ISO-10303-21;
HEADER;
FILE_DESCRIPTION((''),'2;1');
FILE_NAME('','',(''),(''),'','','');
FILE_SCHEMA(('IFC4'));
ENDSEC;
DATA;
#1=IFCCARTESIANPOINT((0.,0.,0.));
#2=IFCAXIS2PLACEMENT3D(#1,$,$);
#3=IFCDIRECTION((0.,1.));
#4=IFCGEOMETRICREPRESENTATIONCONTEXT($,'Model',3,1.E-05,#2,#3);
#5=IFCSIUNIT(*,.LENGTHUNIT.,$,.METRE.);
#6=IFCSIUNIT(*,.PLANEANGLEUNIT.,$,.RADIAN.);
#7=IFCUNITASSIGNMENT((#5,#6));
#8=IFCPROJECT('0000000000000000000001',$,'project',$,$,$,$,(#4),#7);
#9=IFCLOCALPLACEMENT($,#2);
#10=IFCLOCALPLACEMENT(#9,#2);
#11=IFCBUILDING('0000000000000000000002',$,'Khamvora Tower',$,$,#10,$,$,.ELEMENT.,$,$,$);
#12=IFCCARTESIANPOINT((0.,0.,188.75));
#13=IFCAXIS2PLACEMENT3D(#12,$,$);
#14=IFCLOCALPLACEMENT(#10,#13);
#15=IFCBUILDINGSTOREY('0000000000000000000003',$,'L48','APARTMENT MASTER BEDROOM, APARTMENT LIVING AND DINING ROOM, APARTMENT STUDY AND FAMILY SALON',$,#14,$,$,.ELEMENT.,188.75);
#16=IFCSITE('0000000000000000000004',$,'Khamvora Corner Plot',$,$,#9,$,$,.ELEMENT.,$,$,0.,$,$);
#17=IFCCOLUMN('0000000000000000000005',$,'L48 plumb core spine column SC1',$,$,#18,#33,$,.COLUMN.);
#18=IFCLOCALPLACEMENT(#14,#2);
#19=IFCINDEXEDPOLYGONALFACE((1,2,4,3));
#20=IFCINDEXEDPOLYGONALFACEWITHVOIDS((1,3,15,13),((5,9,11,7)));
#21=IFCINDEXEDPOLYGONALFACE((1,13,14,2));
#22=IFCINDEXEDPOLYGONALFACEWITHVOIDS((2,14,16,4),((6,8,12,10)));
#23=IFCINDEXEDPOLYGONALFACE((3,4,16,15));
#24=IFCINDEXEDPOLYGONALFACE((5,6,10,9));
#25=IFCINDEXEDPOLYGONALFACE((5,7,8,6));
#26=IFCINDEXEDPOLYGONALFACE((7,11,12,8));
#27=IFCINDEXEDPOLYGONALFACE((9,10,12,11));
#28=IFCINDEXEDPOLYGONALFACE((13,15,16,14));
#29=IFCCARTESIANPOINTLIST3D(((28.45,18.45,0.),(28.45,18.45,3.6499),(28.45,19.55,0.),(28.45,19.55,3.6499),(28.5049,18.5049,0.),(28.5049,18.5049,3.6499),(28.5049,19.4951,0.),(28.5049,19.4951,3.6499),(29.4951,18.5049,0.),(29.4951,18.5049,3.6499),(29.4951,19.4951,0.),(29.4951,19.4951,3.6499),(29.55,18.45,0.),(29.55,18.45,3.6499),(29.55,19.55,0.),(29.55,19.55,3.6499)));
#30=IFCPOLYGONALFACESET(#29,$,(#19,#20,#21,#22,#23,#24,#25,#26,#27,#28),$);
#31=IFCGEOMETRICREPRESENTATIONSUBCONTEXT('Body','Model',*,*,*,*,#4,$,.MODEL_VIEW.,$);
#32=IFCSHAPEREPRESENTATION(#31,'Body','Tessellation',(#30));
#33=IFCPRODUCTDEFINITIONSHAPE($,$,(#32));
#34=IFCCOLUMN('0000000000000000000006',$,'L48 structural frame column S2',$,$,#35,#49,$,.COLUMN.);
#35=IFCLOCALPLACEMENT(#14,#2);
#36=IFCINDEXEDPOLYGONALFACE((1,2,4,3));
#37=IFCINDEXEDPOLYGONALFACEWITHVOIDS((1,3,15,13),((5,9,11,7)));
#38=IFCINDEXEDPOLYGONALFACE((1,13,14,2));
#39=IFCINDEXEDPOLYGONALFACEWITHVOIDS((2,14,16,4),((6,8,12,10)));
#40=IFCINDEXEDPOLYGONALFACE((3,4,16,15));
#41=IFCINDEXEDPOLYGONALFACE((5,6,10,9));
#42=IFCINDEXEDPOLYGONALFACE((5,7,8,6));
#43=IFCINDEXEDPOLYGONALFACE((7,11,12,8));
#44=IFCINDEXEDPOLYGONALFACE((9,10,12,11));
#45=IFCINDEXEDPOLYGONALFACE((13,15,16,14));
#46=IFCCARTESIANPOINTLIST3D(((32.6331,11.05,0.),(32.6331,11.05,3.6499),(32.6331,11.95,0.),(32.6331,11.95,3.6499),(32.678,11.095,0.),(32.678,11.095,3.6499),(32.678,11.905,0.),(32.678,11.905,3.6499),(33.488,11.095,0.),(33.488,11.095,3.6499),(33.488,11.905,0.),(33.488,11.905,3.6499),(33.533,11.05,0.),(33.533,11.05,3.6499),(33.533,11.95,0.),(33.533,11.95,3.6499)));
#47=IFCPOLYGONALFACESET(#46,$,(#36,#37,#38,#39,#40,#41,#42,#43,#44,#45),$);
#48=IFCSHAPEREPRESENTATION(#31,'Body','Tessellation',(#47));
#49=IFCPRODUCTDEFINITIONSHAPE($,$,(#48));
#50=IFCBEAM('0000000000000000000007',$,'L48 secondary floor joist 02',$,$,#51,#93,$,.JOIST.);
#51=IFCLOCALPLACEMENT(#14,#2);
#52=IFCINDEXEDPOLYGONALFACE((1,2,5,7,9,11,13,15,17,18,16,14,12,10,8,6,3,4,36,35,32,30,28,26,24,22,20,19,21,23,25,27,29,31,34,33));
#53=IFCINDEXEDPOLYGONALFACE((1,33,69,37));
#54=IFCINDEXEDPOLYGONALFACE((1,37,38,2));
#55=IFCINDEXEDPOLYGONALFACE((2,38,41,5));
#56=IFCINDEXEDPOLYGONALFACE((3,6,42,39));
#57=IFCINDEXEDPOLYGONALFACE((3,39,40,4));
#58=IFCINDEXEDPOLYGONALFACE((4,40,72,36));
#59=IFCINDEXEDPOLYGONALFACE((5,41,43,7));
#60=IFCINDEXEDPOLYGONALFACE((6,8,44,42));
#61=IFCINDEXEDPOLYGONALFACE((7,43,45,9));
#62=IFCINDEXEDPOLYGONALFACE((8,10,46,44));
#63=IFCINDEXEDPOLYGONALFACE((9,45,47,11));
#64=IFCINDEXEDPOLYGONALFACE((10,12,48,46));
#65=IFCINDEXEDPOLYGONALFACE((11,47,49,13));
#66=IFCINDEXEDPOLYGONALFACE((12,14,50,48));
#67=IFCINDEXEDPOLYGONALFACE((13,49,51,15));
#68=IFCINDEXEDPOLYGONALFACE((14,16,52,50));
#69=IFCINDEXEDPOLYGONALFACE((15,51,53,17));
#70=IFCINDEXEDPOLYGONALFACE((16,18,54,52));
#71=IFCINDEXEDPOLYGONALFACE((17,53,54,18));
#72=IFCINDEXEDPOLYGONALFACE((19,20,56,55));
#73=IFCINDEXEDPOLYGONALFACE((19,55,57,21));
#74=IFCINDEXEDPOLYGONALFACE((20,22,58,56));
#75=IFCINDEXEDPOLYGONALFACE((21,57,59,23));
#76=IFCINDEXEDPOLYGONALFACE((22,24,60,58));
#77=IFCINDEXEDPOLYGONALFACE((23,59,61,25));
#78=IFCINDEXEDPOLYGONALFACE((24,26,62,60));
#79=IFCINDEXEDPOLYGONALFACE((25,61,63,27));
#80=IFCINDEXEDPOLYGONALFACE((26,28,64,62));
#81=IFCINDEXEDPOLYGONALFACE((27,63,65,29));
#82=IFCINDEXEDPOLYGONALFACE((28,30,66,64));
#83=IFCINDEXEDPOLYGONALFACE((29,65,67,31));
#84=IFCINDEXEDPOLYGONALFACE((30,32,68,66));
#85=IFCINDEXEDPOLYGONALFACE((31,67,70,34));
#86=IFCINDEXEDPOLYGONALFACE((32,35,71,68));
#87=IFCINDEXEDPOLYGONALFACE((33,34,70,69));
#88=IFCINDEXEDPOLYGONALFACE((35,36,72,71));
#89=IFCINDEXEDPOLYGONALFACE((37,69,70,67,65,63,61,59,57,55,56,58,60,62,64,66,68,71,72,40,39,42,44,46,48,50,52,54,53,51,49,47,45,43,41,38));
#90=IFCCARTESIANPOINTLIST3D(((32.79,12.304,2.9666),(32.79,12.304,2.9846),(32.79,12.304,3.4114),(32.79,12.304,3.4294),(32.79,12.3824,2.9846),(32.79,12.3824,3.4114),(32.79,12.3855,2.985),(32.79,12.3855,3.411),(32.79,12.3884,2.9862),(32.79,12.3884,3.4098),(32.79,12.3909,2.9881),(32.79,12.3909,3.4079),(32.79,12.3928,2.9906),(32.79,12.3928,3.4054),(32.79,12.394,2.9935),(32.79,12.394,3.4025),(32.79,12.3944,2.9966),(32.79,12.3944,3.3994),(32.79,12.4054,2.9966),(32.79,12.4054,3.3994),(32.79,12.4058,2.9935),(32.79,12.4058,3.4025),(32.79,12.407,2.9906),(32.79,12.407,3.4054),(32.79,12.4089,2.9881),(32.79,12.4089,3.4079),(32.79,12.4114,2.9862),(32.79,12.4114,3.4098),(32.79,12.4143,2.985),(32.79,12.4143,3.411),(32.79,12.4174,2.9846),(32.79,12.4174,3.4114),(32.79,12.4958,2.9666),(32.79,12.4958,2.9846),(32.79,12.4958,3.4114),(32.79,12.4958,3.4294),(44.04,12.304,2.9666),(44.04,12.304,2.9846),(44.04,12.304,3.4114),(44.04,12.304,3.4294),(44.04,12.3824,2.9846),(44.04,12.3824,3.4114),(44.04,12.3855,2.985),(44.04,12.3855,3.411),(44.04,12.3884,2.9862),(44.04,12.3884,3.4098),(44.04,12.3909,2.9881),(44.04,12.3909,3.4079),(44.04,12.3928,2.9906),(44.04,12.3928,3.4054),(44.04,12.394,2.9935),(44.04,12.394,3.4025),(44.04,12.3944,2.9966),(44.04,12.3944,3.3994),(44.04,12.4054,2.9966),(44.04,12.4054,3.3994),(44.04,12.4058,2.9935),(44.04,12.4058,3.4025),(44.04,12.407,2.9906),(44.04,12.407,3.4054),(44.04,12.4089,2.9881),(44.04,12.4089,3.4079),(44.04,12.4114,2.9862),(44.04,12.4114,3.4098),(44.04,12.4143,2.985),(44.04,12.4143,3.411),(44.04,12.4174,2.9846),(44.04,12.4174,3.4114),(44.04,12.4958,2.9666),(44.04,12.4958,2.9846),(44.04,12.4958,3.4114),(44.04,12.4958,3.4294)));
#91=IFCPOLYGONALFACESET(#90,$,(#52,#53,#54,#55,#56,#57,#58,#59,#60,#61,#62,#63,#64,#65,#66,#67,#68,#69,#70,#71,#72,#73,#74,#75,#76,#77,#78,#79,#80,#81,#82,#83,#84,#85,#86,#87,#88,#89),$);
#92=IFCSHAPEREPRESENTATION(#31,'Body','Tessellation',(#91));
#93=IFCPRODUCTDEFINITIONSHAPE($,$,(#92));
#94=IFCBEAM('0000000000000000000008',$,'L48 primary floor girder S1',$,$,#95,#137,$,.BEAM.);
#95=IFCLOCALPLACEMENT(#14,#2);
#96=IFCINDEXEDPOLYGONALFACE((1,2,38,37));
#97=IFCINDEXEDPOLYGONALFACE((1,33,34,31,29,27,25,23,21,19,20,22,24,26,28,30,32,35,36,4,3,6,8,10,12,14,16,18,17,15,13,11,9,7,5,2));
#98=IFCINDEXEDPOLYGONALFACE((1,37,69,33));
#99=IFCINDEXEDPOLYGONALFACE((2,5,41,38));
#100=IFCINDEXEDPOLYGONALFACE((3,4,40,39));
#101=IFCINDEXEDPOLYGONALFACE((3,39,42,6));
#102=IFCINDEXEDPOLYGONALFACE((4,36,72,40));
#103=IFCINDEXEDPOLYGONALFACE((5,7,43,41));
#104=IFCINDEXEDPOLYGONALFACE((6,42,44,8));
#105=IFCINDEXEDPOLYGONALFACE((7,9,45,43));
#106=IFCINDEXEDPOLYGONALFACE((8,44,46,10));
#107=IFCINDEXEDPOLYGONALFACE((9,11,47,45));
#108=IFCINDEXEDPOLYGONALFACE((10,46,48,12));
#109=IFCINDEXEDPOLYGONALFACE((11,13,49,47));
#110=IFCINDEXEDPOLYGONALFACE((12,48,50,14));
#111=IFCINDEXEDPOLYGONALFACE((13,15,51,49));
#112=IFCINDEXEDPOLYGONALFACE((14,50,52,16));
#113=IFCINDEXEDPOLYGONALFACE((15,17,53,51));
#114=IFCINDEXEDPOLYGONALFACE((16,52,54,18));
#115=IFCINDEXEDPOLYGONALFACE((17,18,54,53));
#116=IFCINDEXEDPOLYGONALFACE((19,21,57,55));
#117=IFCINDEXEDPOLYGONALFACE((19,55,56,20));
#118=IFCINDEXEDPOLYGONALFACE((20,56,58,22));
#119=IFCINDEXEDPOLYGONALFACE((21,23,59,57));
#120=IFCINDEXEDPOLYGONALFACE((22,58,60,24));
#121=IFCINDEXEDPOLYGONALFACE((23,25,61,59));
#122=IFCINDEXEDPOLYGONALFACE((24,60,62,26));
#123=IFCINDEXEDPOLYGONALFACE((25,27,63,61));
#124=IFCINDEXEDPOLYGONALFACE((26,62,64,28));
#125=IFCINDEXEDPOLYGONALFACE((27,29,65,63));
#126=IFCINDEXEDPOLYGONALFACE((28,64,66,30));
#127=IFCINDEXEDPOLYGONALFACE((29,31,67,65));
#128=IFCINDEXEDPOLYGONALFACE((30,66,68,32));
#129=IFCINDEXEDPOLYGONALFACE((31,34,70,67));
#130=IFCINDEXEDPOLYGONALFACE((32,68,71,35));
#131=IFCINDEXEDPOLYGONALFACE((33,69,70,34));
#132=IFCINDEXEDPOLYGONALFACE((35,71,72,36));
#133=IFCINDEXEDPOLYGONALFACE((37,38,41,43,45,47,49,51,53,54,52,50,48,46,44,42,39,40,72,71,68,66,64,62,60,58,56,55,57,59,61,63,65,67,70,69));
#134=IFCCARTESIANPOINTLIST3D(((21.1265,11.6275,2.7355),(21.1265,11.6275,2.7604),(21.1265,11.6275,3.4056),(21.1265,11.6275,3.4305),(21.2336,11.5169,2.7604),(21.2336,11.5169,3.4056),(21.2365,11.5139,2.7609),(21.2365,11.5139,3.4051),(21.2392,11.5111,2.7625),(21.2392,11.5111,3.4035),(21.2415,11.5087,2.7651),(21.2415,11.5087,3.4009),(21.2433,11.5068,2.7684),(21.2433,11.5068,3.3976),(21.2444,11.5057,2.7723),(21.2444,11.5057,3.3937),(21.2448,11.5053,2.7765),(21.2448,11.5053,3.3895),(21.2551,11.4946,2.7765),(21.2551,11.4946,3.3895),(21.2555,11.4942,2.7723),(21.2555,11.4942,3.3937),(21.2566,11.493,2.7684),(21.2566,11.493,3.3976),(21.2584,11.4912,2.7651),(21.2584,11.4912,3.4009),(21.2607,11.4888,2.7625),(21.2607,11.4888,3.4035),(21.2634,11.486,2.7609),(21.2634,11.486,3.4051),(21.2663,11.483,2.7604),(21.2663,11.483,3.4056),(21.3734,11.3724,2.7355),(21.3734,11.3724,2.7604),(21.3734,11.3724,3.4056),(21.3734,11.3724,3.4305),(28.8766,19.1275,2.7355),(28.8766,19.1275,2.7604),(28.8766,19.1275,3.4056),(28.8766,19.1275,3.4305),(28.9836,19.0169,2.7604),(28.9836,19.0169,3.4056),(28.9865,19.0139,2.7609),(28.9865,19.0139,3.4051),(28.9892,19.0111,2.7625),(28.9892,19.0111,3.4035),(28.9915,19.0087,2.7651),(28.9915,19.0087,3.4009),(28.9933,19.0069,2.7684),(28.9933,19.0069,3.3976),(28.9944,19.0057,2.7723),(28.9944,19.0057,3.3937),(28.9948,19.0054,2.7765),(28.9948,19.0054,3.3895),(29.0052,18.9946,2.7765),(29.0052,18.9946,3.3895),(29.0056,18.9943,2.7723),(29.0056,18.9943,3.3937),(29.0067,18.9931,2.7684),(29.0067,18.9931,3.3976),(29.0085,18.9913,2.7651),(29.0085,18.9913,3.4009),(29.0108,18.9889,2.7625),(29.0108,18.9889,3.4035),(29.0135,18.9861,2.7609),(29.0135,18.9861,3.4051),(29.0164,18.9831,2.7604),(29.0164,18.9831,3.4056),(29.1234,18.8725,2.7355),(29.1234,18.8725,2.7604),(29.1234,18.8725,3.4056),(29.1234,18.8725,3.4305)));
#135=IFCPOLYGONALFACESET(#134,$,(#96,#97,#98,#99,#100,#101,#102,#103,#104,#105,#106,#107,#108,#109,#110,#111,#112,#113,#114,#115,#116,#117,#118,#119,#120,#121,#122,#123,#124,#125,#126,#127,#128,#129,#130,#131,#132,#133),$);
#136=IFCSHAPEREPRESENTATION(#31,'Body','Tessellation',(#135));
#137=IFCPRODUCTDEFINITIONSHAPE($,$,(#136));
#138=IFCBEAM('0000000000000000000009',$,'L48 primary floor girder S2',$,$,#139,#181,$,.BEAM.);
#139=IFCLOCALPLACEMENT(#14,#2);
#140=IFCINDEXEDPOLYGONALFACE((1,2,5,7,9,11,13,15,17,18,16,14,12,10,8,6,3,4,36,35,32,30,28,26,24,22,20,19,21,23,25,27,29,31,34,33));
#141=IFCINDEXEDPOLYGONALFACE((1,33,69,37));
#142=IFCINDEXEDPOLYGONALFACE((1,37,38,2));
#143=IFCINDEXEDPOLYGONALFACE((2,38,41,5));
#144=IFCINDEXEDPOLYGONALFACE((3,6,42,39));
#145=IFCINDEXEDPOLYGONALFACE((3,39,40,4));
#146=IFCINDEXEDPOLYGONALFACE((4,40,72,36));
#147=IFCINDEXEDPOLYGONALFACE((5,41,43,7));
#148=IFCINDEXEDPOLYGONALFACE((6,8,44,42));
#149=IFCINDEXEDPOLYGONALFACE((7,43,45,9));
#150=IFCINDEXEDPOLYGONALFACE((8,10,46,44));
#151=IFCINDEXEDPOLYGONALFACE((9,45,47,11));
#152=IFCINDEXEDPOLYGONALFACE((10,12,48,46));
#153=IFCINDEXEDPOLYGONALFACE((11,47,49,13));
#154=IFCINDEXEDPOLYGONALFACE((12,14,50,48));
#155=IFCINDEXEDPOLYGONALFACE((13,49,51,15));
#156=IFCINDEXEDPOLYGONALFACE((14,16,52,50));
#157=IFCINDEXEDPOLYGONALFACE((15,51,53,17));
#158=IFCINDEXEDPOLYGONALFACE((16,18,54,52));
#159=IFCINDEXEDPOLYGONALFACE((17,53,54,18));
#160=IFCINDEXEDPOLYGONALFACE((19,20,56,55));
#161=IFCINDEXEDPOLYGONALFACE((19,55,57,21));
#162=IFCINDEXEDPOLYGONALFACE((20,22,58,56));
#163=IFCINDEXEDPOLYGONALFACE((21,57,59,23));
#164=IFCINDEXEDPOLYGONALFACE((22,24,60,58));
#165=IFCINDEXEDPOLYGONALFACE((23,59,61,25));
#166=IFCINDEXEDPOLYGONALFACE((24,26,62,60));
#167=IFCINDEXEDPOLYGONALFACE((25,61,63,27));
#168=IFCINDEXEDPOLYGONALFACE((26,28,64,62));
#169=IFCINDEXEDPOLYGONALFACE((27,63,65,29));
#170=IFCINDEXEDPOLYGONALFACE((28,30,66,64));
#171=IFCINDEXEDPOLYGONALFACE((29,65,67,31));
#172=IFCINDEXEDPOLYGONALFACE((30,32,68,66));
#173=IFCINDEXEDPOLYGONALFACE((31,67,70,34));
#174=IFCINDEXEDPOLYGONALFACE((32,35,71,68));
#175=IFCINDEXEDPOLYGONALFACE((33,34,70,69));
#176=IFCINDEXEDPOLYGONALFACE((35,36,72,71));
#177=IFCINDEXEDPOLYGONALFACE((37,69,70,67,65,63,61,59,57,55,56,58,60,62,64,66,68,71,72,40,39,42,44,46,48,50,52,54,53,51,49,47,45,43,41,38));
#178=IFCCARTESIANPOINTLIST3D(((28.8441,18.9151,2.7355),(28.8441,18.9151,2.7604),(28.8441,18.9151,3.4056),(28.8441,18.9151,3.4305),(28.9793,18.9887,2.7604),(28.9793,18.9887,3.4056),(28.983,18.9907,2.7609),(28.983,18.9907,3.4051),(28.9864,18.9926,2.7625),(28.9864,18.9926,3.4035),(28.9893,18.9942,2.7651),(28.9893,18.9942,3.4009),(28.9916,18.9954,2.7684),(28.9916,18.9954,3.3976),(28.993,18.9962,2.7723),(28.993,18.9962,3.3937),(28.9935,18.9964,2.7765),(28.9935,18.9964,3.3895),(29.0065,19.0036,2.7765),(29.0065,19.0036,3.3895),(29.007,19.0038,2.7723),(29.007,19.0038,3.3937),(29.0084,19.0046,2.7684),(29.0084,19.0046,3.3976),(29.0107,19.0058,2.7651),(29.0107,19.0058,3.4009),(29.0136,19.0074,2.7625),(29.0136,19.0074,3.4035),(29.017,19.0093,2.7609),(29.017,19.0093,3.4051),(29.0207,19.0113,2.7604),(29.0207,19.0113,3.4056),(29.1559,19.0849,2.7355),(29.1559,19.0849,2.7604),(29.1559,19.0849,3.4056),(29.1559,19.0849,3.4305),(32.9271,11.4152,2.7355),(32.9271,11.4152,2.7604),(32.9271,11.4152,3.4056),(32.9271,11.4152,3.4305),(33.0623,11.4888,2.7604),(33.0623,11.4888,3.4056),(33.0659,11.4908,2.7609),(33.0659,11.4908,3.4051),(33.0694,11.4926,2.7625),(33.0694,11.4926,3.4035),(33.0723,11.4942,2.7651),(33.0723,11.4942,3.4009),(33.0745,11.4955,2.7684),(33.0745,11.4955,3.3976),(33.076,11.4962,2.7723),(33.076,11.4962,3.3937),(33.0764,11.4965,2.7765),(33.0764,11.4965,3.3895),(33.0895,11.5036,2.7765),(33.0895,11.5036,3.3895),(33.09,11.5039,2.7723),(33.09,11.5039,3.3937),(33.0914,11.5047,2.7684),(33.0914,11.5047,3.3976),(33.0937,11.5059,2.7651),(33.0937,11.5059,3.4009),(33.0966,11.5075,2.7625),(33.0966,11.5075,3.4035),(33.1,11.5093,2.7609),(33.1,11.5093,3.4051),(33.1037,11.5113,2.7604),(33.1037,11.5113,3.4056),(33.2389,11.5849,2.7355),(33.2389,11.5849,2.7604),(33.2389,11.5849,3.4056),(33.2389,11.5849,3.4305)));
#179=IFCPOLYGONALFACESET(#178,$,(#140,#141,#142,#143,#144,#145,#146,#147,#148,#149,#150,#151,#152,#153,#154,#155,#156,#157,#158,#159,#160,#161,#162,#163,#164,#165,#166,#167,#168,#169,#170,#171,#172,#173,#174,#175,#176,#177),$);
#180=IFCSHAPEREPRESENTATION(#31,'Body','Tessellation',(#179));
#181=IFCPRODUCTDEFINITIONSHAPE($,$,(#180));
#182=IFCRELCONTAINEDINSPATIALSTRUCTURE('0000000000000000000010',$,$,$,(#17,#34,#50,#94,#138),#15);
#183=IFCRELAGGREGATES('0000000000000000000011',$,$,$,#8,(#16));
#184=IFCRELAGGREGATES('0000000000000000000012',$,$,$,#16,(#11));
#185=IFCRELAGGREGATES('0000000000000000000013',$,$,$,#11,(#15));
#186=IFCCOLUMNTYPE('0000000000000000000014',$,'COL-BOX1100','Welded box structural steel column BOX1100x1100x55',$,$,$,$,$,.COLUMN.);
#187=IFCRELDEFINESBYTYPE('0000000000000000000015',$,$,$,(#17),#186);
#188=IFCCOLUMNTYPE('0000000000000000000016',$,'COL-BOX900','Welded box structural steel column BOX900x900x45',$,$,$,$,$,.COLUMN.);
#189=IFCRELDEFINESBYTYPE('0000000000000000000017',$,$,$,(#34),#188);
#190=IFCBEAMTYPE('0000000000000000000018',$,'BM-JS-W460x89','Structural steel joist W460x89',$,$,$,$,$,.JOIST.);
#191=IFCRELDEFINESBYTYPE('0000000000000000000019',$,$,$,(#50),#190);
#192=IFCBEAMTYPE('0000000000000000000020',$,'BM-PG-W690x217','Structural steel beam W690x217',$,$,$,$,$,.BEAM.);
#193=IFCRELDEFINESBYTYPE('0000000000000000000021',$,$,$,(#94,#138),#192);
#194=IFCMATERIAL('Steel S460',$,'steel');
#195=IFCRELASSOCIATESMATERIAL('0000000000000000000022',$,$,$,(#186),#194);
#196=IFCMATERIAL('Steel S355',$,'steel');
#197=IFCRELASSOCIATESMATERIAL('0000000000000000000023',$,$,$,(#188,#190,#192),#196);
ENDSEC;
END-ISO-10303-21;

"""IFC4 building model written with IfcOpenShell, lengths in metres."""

from ifc_helpers import new_model, si_unit, direction, frame, origin, origin_2d, place, context, subcontext, project, spatial, hollow_rectangle, i_section, extrude, material, material_profile, profile_set, type_object, element, save


model = new_model("IFC4")

# Units and contexts
model_context = context("Model", 3, precision=1e-05, world=origin(), true_north=direction((0.0, 1.0)))
body_context = subcontext(model_context, "Body", "Model", "MODEL_VIEW")
ifc_project = project(units=[si_unit("LENGTHUNIT", "METRE"), si_unit("PLANEANGLEUNIT", "RADIAN")], contexts=[model_context])

# Site, building, storey
site_placement = place(None, origin())
site = spatial("IfcSite", under=ifc_project, at=site_placement, Name="Khamvora Corner Plot", CompositionType="ELEMENT", RefElevation=0.0)
building_placement = place(site_placement, origin())
building = spatial("IfcBuilding", under=site, at=building_placement, Name="Khamvora Tower", CompositionType="ELEMENT")
storey_placement = place(building_placement, frame((0.0, 0.0, 188.75)))
storey = spatial("IfcBuildingStorey", under=building, at=storey_placement, Name="L48", Description="APARTMENT MASTER BEDROOM, APARTMENT LIVING AND DINING ROOM, APARTMENT STUDY AND FAMILY SALON", CompositionType="ELEMENT", Elevation=188.75)

# Columns
ifc_material_1 = material(Name="Steel S460", Category="steel")
ifc_material_profile_1 = material_profile(ifc_material_1, hollow_rectangle(XDim=1.1001, YDim=1.1001, WallThickness=0.0549, at=origin_2d()), Name="BOX1100x1100x55")
ifc_profile_set_1 = profile_set([ifc_material_profile_1], Name="Steel S460")
column_type_1 = type_object("IfcColumnType", Name="COL-BOX1100", Description="Welded box structural steel column BOX1100x1100x55", PredefinedType="COLUMN", material=ifc_profile_set_1)
column_1_placement = place(storey_placement, frame((29.0, 19.0, 0.0), z_axis=(0.0, 0.0, 1.0), x_axis=(1.0, 0.0, 0.0)))
element("IfcColumn", 1, at=column_1_placement, inside=storey, type_object=column_type_1, Name="L48 plumb core spine column SC1", PredefinedType="COLUMN", context=body_context, shape_type="SweptSolid", body=[
    extrude(hollow_rectangle(XDim=1.1001, YDim=1.1001, WallThickness=0.0549, at=origin_2d()), origin(), (0.0, 0.0, 1.0), 3.6499),
])
ifc_material_2 = material(Name="Steel S355", Category="steel")
ifc_material_profile_2 = material_profile(ifc_material_2, hollow_rectangle(XDim=0.8999, YDim=0.8999, WallThickness=0.0449, at=origin_2d()), Name="BOX900x900x45")
ifc_profile_set_2 = profile_set([ifc_material_profile_2], Name="Steel S355")
column_type_2 = type_object("IfcColumnType", Name="COL-BOX900", Description="Welded box structural steel column BOX900x900x45", PredefinedType="COLUMN", material=ifc_profile_set_2)
column_2_placement = place(storey_placement, frame((33.083, 11.5, 0.0), z_axis=(0.0, 0.0, 1.0), x_axis=(1.0, 0.0, 0.0)))
element("IfcColumn", 2, at=column_2_placement, inside=storey, type_object=column_type_2, Name="L48 structural frame column S2", PredefinedType="COLUMN", context=body_context, shape_type="SweptSolid", body=[
    extrude(hollow_rectangle(XDim=0.8999, YDim=0.8999, WallThickness=0.0449, at=origin_2d()), origin(), (0.0, 0.0, 1.0), 3.6499),
])

# Beams
ifc_material_profile_3 = material_profile(ifc_material_2, i_section(OverallWidth=0.1919, OverallDepth=0.4629, WebThickness=0.011, FlangeThickness=0.0181, FilletRadius=0.012, at=origin_2d()), Name="W460x89")
ifc_profile_set_3 = profile_set([ifc_material_profile_3], Name="Steel S355")
beam_type_1 = type_object("IfcBeamType", Name="BM-JS-W460x89", Description="Structural steel joist W460x89", PredefinedType="JOIST", material=ifc_profile_set_3)
beam_1_placement = place(storey_placement, frame((32.79, 12.3999, 3.198), z_axis=(1.0, 0.0, 0.0), x_axis=(0.0, 1.0, 0.0)))
element("IfcBeam", 3, at=beam_1_placement, inside=storey, type_object=beam_type_1, Name="L48 secondary floor joist 02", PredefinedType="JOIST", context=body_context, shape_type="SweptSolid", body=[
    extrude(i_section(OverallWidth=0.1919, OverallDepth=0.4629, WebThickness=0.011, FlangeThickness=0.0181, FilletRadius=0.012, at=origin_2d()), origin(), (0.0, 0.0, 1.0), 11.25),
])
ifc_material_profile_4 = material_profile(ifc_material_2, i_section(OverallWidth=0.355, OverallDepth=0.6951, WebThickness=0.0149, FlangeThickness=0.0249, FilletRadius=0.0161, at=origin_2d()), Name="W690x217")
ifc_profile_set_4 = profile_set([ifc_material_profile_4], Name="Steel S355")
beam_type_2 = type_object("IfcBeamType", Name="BM-PG-W690x217", Description="Structural steel beam W690x217", PredefinedType="BEAM", material=ifc_profile_set_4)
beam_2_placement = place(storey_placement, frame((29.0, 19.0, 3.083), z_axis=(-0.718602, -0.695421, 0.0), x_axis=(0.695421, -0.718602, 0.0)))
element("IfcBeam", 4, at=beam_2_placement, inside=storey, type_object=beam_type_2, Name="L48 primary floor girder S1", PredefinedType="BEAM", context=body_context, shape_type="SweptSolid", body=[
    extrude(i_section(OverallWidth=0.355, OverallDepth=0.6951, WebThickness=0.0149, FlangeThickness=0.0249, FilletRadius=0.0161, at=origin_2d()), origin(), (0.0, 0.0, 1.0), 10.7849),
])
beam_3_placement = place(storey_placement, frame((29.0, 19.0, 3.083), z_axis=(0.478139, -0.878284, 0.0), x_axis=(0.878284, 0.478139, 0.0)))
element("IfcBeam", 5, at=beam_3_placement, inside=storey, type_object=beam_type_2, Name="L48 primary floor girder S2", PredefinedType="BEAM", context=body_context, shape_type="SweptSolid", body=[
    extrude(i_section(OverallWidth=0.355, OverallDepth=0.6951, WebThickness=0.0149, FlangeThickness=0.0249, FilletRadius=0.0161, at=origin_2d()), origin(), (0.0, 0.0, 1.0), 8.5393),
])

save(model, "model.ifc")
